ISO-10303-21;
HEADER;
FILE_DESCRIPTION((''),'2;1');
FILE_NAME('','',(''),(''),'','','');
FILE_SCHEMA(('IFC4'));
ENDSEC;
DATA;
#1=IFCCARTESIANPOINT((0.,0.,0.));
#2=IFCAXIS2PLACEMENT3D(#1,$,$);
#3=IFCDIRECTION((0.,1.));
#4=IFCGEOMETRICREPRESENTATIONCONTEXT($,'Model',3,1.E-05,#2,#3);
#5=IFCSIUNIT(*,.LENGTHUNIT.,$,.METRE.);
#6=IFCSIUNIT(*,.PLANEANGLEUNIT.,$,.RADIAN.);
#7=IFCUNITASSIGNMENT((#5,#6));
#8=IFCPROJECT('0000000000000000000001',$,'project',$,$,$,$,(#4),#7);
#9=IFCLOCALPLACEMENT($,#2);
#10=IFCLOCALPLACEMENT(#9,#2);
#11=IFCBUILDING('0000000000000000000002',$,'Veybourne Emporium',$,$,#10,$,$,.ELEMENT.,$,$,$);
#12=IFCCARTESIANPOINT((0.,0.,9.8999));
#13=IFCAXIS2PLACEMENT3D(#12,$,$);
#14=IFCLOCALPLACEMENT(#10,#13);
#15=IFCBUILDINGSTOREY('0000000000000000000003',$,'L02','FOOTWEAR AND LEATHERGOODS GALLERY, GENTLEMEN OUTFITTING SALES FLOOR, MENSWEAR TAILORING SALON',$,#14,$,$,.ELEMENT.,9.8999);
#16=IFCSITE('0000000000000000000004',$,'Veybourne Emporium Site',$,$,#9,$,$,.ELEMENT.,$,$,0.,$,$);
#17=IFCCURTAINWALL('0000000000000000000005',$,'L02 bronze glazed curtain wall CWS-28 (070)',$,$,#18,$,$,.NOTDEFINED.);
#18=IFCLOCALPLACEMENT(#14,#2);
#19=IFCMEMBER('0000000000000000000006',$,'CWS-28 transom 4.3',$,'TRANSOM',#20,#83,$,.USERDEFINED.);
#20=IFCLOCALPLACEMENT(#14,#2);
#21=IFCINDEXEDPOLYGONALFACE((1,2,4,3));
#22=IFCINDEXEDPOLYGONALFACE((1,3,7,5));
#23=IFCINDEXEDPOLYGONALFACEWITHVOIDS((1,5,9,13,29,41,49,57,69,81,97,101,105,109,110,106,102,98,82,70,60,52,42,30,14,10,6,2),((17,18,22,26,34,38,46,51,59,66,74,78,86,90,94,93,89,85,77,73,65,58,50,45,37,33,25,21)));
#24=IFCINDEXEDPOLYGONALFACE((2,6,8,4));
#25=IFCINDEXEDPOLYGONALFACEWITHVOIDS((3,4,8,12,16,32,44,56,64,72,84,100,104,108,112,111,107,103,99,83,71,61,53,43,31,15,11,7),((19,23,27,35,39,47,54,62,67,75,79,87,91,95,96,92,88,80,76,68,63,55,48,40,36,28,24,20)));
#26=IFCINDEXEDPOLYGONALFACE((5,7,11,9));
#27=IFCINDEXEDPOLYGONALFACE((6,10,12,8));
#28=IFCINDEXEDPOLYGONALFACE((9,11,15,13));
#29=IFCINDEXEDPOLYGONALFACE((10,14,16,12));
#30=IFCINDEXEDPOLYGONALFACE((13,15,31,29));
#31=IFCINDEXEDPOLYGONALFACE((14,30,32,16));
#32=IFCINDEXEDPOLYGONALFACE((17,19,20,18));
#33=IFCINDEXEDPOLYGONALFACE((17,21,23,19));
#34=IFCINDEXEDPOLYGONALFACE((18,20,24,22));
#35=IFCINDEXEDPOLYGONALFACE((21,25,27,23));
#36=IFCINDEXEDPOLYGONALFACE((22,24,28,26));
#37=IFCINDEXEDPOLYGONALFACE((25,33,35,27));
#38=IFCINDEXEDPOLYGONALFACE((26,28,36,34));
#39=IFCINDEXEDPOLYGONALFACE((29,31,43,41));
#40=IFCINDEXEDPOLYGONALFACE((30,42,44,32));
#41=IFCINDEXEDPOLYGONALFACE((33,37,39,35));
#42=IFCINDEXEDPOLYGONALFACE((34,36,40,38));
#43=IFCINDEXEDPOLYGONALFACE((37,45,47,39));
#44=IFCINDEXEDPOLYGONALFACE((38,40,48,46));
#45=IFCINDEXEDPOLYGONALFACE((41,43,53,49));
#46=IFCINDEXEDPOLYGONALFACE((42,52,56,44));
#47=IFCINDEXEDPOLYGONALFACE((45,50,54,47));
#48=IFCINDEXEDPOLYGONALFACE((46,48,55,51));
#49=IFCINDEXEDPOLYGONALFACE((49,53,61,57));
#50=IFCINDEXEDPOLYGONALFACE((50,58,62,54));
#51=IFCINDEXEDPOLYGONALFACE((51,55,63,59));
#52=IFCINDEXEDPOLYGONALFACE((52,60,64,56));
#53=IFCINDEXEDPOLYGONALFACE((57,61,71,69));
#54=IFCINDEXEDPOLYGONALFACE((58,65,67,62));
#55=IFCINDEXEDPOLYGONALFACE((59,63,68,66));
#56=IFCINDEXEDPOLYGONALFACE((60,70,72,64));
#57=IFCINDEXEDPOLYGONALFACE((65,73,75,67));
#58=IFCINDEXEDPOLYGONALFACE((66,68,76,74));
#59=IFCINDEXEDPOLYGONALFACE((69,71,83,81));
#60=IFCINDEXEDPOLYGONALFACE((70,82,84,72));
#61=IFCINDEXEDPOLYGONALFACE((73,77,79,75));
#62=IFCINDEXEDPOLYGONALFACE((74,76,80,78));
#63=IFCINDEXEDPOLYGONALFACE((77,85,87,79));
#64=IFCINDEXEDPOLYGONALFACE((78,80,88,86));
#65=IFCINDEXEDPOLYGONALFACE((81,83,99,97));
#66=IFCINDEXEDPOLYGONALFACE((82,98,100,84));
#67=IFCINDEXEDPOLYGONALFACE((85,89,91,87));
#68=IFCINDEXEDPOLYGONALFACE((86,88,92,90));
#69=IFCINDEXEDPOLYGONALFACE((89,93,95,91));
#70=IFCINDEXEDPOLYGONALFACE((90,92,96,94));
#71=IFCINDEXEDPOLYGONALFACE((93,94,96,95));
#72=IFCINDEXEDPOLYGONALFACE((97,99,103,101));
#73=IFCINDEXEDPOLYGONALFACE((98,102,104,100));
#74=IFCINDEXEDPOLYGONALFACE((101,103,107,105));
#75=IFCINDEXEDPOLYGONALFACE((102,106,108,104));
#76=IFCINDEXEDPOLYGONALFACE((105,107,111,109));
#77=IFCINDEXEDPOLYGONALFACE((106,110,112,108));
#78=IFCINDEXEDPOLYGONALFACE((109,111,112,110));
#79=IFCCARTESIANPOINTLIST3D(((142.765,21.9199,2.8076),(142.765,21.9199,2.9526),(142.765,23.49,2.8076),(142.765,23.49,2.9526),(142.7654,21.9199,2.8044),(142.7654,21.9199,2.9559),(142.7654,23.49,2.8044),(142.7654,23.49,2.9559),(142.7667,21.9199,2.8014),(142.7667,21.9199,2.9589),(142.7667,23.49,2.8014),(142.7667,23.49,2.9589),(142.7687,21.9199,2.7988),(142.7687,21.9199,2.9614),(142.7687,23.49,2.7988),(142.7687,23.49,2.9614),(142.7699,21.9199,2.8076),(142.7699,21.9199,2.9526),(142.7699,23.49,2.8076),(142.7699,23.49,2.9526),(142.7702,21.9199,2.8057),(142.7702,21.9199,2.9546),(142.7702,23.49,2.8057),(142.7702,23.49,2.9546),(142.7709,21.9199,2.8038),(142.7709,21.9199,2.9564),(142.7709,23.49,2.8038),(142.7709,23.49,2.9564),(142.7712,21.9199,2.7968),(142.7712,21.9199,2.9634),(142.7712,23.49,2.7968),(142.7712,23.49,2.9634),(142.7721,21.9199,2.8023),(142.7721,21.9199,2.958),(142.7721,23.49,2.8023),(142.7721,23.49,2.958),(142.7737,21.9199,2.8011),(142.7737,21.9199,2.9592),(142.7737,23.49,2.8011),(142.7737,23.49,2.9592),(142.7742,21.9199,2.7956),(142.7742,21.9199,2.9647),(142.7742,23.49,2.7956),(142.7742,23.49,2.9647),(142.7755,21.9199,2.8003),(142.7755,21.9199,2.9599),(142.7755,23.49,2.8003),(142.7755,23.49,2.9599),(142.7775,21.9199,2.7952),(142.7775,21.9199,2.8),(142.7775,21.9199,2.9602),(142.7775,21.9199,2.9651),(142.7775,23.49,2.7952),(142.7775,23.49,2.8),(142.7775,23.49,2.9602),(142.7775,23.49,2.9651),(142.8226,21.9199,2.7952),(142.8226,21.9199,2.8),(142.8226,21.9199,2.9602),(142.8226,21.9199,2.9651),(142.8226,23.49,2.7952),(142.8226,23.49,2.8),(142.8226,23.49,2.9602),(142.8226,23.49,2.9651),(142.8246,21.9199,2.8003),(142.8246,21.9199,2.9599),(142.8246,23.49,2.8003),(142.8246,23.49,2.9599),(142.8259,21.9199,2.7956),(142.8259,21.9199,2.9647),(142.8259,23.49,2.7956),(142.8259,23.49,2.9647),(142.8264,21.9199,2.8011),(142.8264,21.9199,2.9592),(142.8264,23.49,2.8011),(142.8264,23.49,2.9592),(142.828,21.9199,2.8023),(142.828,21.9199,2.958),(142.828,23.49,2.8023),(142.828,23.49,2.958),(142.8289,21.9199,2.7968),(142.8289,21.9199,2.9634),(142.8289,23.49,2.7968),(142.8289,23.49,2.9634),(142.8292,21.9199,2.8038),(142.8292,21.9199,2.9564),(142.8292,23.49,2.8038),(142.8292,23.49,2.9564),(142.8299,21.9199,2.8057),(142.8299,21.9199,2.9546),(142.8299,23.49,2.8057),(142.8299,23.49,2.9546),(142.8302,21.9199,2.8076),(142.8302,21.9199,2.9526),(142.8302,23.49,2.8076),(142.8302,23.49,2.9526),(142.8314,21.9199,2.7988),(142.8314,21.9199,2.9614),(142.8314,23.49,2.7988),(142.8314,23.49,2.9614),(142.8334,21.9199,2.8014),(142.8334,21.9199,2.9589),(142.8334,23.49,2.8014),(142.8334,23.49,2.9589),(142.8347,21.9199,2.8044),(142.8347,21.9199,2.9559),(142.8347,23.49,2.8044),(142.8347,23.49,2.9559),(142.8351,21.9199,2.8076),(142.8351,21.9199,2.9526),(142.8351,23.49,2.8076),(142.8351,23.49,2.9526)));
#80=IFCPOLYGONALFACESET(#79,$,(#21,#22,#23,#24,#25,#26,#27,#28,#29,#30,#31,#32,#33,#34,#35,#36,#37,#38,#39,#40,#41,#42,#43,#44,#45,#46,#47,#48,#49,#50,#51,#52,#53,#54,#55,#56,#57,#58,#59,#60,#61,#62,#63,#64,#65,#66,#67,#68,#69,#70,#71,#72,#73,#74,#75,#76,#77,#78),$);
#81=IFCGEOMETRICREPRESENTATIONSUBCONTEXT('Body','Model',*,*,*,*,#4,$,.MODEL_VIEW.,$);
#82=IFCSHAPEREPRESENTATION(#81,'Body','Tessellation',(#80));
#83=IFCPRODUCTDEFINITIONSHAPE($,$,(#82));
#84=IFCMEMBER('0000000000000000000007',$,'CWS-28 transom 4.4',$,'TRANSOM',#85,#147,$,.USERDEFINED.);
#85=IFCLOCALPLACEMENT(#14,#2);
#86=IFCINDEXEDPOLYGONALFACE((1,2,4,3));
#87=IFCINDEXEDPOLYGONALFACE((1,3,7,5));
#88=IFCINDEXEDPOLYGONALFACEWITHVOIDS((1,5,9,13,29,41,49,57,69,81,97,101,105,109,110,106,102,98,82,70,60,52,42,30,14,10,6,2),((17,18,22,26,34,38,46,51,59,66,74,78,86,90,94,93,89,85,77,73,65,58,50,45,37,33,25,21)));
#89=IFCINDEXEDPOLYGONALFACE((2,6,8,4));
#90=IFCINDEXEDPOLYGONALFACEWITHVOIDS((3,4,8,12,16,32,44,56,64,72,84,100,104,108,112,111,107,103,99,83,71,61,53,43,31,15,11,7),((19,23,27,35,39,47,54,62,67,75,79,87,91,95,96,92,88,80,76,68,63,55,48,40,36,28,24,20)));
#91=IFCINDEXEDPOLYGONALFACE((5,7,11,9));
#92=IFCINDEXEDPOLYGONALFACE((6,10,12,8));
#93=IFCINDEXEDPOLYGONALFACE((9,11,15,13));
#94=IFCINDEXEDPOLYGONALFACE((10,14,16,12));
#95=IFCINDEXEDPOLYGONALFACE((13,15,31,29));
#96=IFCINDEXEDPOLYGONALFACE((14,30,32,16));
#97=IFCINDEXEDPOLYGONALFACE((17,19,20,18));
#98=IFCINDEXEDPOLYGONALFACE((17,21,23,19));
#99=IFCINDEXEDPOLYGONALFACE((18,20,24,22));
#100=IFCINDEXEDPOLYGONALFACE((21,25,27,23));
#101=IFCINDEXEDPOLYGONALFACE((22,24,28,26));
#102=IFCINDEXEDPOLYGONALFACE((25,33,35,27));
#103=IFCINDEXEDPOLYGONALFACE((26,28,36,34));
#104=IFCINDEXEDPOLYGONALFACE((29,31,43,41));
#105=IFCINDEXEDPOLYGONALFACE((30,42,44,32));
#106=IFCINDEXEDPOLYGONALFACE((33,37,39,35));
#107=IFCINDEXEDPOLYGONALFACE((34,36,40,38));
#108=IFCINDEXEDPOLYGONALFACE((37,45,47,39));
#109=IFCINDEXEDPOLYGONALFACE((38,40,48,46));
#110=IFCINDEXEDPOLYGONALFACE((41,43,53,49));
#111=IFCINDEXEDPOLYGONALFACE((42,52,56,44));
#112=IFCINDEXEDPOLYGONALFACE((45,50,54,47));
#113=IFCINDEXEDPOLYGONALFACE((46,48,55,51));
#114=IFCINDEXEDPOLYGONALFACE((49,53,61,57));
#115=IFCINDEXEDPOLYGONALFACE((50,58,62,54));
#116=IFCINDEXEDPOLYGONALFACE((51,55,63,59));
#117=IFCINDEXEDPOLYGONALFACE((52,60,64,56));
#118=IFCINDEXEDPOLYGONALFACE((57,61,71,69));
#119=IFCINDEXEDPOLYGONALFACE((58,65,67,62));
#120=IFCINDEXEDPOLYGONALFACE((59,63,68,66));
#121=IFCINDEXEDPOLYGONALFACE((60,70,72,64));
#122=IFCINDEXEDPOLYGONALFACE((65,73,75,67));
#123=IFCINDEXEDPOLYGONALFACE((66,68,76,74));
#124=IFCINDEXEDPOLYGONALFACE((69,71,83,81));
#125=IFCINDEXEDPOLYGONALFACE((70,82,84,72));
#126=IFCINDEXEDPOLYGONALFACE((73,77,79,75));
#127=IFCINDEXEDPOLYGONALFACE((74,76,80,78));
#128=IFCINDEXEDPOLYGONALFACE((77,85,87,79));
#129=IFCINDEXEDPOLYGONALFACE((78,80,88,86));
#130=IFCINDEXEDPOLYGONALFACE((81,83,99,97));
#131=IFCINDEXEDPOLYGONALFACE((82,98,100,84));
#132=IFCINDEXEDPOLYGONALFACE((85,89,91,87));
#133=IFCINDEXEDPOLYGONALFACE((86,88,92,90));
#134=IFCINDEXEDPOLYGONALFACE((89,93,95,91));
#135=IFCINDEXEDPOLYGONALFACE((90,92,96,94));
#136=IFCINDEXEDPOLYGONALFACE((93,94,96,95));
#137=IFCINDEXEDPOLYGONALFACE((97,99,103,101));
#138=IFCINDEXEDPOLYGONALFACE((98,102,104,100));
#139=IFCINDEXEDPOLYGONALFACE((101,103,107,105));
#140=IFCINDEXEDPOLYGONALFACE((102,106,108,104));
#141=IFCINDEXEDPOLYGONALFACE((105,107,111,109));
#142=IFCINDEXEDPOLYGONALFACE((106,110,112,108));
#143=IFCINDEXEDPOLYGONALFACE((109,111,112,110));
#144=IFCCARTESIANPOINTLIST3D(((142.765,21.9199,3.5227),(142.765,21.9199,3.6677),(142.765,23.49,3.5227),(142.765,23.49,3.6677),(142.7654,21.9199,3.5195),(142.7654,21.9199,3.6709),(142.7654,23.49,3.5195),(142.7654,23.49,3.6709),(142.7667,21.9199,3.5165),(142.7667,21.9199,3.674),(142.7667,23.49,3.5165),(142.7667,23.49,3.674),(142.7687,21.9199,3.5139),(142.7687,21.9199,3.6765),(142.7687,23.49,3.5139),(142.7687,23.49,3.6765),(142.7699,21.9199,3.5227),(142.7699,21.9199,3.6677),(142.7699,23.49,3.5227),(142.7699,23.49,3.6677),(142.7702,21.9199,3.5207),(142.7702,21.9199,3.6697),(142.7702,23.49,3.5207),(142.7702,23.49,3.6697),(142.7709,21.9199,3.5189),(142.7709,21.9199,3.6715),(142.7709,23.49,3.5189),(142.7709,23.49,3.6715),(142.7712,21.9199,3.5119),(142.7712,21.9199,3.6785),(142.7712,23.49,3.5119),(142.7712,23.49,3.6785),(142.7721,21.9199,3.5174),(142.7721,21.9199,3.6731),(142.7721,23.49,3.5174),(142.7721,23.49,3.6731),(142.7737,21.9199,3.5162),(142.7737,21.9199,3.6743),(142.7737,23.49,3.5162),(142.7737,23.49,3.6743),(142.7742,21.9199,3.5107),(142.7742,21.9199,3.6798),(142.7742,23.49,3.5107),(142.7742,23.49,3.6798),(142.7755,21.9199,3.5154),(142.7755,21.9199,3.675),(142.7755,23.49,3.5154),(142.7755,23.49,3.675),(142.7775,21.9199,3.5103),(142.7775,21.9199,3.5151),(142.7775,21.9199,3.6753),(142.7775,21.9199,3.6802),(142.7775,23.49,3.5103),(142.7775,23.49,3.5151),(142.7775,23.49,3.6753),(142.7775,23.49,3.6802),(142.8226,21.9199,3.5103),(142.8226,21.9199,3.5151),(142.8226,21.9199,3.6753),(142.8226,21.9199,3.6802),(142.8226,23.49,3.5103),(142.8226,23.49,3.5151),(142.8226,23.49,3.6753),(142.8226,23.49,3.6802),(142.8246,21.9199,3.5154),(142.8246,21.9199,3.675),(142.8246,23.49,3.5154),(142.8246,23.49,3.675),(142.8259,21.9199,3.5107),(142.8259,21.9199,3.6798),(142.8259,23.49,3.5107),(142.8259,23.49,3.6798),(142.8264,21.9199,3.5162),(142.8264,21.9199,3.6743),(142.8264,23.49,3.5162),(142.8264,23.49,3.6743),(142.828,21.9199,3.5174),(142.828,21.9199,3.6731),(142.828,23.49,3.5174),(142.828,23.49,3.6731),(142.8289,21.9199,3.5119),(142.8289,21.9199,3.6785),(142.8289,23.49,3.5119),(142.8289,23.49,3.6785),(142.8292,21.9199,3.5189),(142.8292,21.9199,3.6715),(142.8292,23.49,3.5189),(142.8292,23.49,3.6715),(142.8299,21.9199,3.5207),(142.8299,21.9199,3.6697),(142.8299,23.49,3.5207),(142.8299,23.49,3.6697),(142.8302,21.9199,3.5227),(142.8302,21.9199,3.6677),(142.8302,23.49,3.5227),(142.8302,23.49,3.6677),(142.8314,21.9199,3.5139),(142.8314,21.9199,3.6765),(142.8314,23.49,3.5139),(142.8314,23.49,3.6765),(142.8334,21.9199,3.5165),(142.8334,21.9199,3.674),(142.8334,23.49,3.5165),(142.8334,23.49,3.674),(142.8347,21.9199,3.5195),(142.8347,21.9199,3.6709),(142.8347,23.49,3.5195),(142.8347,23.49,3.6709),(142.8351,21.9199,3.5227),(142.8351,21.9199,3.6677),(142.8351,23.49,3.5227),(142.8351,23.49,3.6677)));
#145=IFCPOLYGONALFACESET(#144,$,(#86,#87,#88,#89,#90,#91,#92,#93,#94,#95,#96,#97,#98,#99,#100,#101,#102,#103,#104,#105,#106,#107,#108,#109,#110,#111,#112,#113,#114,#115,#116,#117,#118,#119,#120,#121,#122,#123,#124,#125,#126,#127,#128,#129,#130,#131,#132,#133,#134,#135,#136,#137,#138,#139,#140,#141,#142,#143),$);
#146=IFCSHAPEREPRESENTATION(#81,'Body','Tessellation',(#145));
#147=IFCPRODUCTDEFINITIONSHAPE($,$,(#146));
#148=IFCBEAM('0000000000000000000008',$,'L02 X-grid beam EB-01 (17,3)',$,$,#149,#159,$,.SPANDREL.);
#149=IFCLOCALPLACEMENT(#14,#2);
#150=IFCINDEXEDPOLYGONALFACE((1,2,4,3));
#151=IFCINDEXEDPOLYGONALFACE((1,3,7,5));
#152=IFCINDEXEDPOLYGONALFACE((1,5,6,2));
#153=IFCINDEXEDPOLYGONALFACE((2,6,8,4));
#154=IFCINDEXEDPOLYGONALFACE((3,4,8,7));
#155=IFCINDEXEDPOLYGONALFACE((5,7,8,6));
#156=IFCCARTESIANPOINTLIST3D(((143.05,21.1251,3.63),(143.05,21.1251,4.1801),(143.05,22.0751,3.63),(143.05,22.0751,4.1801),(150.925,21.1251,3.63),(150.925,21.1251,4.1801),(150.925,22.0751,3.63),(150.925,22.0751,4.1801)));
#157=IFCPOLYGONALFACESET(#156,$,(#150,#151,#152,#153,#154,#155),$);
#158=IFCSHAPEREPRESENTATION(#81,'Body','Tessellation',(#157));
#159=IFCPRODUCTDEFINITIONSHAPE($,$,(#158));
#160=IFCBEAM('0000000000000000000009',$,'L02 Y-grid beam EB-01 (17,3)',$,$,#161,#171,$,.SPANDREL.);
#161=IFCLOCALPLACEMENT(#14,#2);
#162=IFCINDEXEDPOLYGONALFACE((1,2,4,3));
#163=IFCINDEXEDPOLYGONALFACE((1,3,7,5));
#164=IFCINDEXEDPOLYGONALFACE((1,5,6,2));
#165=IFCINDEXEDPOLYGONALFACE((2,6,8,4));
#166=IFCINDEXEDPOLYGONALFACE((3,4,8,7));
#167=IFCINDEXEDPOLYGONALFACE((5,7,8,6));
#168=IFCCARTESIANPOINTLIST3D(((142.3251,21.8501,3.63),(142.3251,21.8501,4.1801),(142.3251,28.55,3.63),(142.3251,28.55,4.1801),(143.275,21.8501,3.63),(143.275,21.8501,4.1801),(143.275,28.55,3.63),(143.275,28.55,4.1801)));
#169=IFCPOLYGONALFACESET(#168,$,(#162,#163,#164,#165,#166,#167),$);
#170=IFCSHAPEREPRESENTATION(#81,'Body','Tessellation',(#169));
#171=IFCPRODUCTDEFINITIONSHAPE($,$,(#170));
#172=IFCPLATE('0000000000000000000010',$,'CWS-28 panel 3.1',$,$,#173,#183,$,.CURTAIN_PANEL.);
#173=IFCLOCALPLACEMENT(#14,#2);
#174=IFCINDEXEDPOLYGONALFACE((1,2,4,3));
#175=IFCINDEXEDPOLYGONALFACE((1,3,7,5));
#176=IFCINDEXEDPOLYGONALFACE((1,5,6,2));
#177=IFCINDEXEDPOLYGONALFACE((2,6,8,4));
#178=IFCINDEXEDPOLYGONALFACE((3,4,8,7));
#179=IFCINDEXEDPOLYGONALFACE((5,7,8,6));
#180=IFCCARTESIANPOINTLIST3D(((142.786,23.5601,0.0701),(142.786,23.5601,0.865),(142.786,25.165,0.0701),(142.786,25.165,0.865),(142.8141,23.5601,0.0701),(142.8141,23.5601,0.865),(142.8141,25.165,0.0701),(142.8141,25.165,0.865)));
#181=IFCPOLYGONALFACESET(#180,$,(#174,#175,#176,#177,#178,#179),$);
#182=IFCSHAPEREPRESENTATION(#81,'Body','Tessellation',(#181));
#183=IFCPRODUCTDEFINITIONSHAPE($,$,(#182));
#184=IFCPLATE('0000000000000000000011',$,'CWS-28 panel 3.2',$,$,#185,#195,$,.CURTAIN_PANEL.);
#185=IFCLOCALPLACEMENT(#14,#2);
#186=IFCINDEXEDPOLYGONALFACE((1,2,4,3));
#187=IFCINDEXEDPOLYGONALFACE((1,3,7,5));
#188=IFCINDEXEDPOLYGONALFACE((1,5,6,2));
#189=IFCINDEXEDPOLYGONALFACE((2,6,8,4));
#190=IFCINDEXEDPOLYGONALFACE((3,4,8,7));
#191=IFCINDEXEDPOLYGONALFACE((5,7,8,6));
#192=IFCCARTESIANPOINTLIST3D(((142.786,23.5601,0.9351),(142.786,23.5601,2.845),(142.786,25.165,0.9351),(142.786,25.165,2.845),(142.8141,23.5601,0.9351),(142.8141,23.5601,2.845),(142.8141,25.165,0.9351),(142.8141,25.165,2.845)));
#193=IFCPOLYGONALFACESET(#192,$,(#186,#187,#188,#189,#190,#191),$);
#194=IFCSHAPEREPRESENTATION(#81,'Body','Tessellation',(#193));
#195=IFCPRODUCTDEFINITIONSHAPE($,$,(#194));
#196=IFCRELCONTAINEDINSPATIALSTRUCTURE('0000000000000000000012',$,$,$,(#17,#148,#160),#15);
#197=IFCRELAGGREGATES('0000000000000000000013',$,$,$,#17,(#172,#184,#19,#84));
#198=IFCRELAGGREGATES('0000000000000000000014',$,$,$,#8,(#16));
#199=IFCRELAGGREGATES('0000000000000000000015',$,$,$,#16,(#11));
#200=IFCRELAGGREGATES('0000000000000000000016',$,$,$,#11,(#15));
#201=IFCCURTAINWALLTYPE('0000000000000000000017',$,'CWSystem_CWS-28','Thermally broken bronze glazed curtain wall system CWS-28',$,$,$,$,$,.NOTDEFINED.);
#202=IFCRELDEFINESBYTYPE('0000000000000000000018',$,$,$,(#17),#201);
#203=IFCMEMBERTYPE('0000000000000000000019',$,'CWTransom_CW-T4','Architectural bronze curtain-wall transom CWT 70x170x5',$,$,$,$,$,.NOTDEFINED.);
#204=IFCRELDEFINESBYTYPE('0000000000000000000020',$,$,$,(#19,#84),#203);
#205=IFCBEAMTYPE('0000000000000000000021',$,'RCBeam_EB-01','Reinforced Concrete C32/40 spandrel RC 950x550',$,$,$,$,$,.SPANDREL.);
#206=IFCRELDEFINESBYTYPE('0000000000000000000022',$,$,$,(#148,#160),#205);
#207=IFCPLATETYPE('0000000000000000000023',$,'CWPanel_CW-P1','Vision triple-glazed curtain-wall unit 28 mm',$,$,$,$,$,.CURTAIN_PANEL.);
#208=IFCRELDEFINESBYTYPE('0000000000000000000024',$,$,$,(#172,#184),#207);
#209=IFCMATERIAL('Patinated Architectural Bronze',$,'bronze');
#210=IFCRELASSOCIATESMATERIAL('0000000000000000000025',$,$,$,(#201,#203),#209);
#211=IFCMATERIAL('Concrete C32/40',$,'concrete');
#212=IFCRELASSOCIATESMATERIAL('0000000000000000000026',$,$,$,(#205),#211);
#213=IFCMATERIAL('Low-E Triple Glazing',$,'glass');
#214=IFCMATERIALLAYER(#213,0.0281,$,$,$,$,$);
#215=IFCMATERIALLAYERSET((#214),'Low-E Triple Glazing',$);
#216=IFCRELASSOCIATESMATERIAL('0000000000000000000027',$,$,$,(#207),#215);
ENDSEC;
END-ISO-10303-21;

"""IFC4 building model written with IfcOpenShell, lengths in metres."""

from ifc_helpers import new_model, si_unit, direction, frame, origin, origin_2d, place, context, subcontext, project, spatial, rectangle, hollow_rectangle, extrude, material, layer, layer_set, material_profile, profile_set, type_object, element, aggregate, save


model = new_model("IFC4")

# Units and contexts
model_context = context("Model", 3, precision=1e-05, world=origin(), true_north=direction((0.0, 1.0)))
body_context = subcontext(model_context, "Body", "Model", "MODEL_VIEW")
ifc_project = project(units=[si_unit("LENGTHUNIT", "METRE"), si_unit("PLANEANGLEUNIT", "RADIAN")], contexts=[model_context])

# Site, building, storey
site_placement = place(None, origin())
site = spatial("IfcSite", under=ifc_project, at=site_placement, Name="Veybourne Emporium Site", CompositionType="ELEMENT", RefElevation=0.0)
building_placement = place(site_placement, origin())
building = spatial("IfcBuilding", under=site, at=building_placement, Name="Veybourne Emporium", CompositionType="ELEMENT")
storey_placement = place(building_placement, frame((0.0, 0.0, 9.8999)))
storey = spatial("IfcBuildingStorey", under=building, at=storey_placement, Name="L02", Description="FOOTWEAR AND LEATHERGOODS GALLERY, GENTLEMEN OUTFITTING SALES FLOOR, MENSWEAR TAILORING SALON", CompositionType="ELEMENT", Elevation=9.8999)

# Curtain wall, members
ifc_material_1 = material(Name="Patinated Architectural Bronze", Category="bronze")
curtain_wall_type = type_object("IfcCurtainWallType", Name="CWSystem_CWS-28", Description="Thermally broken bronze glazed curtain wall system CWS-28", PredefinedType="NOTDEFINED", material=ifc_material_1)
curtain_wall_placement = place(storey_placement, origin())
curtain_wall = element("IfcCurtainWall", 1, at=curtain_wall_placement, inside=storey, type_object=curtain_wall_type, Name="L02 bronze glazed curtain wall CWS-28 (070)", PredefinedType="NOTDEFINED")
ifc_material_profile_1 = material_profile(ifc_material_1, hollow_rectangle(XDim=0.0701, YDim=0.1699, WallThickness=0.0049, InnerFilletRadius=0.0076, OuterFilletRadius=0.0125, at=origin_2d()), Name="CWT 70x170x5")
ifc_profile_set_1 = profile_set([ifc_material_profile_1], Name="Patinated Architectural Bronze")
member_type_1 = type_object("IfcMemberType", Name="CWTransom_CW-T4", Description="Architectural bronze curtain-wall transom CWT 70x170x5", PredefinedType="NOTDEFINED", material=ifc_profile_set_1)
member_1_placement = place(storey_placement, frame((142.8, 23.49, 2.8801), z_axis=(0.0, -1.0, 0.0), x_axis=(1.0, 0.0, 0.0)))
member_1 = element("IfcMember", 2, at=member_1_placement, type_object=member_type_1, Name="CWS-28 transom 4.3", ObjectType="TRANSOM", PredefinedType="USERDEFINED", context=body_context, shape_type="SweptSolid", body=[
    extrude(hollow_rectangle(XDim=0.0701, YDim=0.1699, WallThickness=0.0049, InnerFilletRadius=0.0076, OuterFilletRadius=0.0125, at=origin_2d()), origin(), (0.0, 0.0, 1.0), 1.5701),
])
member_2_placement = place(storey_placement, frame((142.8, 23.49, 3.5952), z_axis=(0.0, -1.0, 0.0), x_axis=(1.0, 0.0, 0.0)))
member_2 = element("IfcMember", 3, at=member_2_placement, type_object=member_type_1, Name="CWS-28 transom 4.4", ObjectType="TRANSOM", PredefinedType="USERDEFINED", context=body_context, shape_type="SweptSolid", body=[
    extrude(hollow_rectangle(XDim=0.0701, YDim=0.1699, WallThickness=0.0049, InnerFilletRadius=0.0076, OuterFilletRadius=0.0125, at=origin_2d()), origin(), (0.0, 0.0, 1.0), 1.5701),
])

# Beams
ifc_material_2 = material(Name="Concrete C32/40", Category="concrete")
ifc_material_profile_2 = material_profile(ifc_material_2, rectangle(XDim=0.95, YDim=0.55, at=origin_2d()), Name="RC 950x550")
ifc_profile_set_2 = profile_set([ifc_material_profile_2], Name="Concrete C32/40")
beam_type = type_object("IfcBeamType", Name="RCBeam_EB-01", Description="Reinforced Concrete C32/40 spandrel RC 950x550", PredefinedType="SPANDREL", material=ifc_profile_set_2)
beam_1_placement = place(storey_placement, frame((143.05, 21.6001, 3.905), z_axis=(1.0, 0.0, 0.0), x_axis=(0.0, 1.0, 0.0)))
element("IfcBeam", 4, at=beam_1_placement, inside=storey, type_object=beam_type, Name="L02 X-grid beam EB-01 (17,3)", PredefinedType="SPANDREL", context=body_context, shape_type="SweptSolid", body=[
    extrude(rectangle(XDim=0.95, YDim=0.55, at=origin_2d()), origin(), (0.0, 0.0, 1.0), 7.875),
])
beam_2_placement = place(storey_placement, frame((142.8, 21.8501, 3.905), z_axis=(0.0, 1.0, 0.0), x_axis=(-1.0, 0.0, 0.0)))
element("IfcBeam", 5, at=beam_2_placement, inside=storey, type_object=beam_type, Name="L02 Y-grid beam EB-01 (17,3)", PredefinedType="SPANDREL", context=body_context, shape_type="SweptSolid", body=[
    extrude(rectangle(XDim=0.95, YDim=0.55, at=origin_2d()), origin(), (0.0, 0.0, 1.0), 6.7),
])

# Plates
ifc_material_3 = material(Name="Low-E Triple Glazing", Category="glass")
ifc_layer_1 = layer(ifc_material_3, 0.0281)
ifc_layer_set_1 = layer_set([ifc_layer_1], Name="Low-E Triple Glazing")
plate_type = type_object("IfcPlateType", Name="CWPanel_CW-P1", Description="Vision triple-glazed curtain-wall unit 28 mm", PredefinedType="CURTAIN_PANEL", material=ifc_layer_set_1)
plate_1_placement = place(storey_placement, frame((142.8, 24.3625, 0.0701), z_axis=(0.0, 0.0, 1.0), x_axis=(0.0, -1.0, 0.0)))
plate_1 = element("IfcPlate", 6, at=plate_1_placement, type_object=plate_type, Name="CWS-28 panel 3.1", PredefinedType="CURTAIN_PANEL", context=body_context, shape_type="SweptSolid", body=[
    extrude(rectangle(XDim=1.605, YDim=0.0281, at=origin_2d()), origin(), (0.0, 0.0, 1.0), 0.7949),
])
plate_2_placement = place(storey_placement, frame((142.8, 24.3625, 0.9351), z_axis=(0.0, 0.0, 1.0), x_axis=(0.0, -1.0, 0.0)))
plate_2 = element("IfcPlate", 7, at=plate_2_placement, type_object=plate_type, Name="CWS-28 panel 3.2", PredefinedType="CURTAIN_PANEL", context=body_context, shape_type="SweptSolid", body=[
    extrude(rectangle(XDim=1.605, YDim=0.0281, at=origin_2d()), origin(), (0.0, 0.0, 1.0), 1.9099),
])
aggregate(curtain_wall, [plate_1, plate_2, member_1, member_2])

save(model, "model.ifc")
